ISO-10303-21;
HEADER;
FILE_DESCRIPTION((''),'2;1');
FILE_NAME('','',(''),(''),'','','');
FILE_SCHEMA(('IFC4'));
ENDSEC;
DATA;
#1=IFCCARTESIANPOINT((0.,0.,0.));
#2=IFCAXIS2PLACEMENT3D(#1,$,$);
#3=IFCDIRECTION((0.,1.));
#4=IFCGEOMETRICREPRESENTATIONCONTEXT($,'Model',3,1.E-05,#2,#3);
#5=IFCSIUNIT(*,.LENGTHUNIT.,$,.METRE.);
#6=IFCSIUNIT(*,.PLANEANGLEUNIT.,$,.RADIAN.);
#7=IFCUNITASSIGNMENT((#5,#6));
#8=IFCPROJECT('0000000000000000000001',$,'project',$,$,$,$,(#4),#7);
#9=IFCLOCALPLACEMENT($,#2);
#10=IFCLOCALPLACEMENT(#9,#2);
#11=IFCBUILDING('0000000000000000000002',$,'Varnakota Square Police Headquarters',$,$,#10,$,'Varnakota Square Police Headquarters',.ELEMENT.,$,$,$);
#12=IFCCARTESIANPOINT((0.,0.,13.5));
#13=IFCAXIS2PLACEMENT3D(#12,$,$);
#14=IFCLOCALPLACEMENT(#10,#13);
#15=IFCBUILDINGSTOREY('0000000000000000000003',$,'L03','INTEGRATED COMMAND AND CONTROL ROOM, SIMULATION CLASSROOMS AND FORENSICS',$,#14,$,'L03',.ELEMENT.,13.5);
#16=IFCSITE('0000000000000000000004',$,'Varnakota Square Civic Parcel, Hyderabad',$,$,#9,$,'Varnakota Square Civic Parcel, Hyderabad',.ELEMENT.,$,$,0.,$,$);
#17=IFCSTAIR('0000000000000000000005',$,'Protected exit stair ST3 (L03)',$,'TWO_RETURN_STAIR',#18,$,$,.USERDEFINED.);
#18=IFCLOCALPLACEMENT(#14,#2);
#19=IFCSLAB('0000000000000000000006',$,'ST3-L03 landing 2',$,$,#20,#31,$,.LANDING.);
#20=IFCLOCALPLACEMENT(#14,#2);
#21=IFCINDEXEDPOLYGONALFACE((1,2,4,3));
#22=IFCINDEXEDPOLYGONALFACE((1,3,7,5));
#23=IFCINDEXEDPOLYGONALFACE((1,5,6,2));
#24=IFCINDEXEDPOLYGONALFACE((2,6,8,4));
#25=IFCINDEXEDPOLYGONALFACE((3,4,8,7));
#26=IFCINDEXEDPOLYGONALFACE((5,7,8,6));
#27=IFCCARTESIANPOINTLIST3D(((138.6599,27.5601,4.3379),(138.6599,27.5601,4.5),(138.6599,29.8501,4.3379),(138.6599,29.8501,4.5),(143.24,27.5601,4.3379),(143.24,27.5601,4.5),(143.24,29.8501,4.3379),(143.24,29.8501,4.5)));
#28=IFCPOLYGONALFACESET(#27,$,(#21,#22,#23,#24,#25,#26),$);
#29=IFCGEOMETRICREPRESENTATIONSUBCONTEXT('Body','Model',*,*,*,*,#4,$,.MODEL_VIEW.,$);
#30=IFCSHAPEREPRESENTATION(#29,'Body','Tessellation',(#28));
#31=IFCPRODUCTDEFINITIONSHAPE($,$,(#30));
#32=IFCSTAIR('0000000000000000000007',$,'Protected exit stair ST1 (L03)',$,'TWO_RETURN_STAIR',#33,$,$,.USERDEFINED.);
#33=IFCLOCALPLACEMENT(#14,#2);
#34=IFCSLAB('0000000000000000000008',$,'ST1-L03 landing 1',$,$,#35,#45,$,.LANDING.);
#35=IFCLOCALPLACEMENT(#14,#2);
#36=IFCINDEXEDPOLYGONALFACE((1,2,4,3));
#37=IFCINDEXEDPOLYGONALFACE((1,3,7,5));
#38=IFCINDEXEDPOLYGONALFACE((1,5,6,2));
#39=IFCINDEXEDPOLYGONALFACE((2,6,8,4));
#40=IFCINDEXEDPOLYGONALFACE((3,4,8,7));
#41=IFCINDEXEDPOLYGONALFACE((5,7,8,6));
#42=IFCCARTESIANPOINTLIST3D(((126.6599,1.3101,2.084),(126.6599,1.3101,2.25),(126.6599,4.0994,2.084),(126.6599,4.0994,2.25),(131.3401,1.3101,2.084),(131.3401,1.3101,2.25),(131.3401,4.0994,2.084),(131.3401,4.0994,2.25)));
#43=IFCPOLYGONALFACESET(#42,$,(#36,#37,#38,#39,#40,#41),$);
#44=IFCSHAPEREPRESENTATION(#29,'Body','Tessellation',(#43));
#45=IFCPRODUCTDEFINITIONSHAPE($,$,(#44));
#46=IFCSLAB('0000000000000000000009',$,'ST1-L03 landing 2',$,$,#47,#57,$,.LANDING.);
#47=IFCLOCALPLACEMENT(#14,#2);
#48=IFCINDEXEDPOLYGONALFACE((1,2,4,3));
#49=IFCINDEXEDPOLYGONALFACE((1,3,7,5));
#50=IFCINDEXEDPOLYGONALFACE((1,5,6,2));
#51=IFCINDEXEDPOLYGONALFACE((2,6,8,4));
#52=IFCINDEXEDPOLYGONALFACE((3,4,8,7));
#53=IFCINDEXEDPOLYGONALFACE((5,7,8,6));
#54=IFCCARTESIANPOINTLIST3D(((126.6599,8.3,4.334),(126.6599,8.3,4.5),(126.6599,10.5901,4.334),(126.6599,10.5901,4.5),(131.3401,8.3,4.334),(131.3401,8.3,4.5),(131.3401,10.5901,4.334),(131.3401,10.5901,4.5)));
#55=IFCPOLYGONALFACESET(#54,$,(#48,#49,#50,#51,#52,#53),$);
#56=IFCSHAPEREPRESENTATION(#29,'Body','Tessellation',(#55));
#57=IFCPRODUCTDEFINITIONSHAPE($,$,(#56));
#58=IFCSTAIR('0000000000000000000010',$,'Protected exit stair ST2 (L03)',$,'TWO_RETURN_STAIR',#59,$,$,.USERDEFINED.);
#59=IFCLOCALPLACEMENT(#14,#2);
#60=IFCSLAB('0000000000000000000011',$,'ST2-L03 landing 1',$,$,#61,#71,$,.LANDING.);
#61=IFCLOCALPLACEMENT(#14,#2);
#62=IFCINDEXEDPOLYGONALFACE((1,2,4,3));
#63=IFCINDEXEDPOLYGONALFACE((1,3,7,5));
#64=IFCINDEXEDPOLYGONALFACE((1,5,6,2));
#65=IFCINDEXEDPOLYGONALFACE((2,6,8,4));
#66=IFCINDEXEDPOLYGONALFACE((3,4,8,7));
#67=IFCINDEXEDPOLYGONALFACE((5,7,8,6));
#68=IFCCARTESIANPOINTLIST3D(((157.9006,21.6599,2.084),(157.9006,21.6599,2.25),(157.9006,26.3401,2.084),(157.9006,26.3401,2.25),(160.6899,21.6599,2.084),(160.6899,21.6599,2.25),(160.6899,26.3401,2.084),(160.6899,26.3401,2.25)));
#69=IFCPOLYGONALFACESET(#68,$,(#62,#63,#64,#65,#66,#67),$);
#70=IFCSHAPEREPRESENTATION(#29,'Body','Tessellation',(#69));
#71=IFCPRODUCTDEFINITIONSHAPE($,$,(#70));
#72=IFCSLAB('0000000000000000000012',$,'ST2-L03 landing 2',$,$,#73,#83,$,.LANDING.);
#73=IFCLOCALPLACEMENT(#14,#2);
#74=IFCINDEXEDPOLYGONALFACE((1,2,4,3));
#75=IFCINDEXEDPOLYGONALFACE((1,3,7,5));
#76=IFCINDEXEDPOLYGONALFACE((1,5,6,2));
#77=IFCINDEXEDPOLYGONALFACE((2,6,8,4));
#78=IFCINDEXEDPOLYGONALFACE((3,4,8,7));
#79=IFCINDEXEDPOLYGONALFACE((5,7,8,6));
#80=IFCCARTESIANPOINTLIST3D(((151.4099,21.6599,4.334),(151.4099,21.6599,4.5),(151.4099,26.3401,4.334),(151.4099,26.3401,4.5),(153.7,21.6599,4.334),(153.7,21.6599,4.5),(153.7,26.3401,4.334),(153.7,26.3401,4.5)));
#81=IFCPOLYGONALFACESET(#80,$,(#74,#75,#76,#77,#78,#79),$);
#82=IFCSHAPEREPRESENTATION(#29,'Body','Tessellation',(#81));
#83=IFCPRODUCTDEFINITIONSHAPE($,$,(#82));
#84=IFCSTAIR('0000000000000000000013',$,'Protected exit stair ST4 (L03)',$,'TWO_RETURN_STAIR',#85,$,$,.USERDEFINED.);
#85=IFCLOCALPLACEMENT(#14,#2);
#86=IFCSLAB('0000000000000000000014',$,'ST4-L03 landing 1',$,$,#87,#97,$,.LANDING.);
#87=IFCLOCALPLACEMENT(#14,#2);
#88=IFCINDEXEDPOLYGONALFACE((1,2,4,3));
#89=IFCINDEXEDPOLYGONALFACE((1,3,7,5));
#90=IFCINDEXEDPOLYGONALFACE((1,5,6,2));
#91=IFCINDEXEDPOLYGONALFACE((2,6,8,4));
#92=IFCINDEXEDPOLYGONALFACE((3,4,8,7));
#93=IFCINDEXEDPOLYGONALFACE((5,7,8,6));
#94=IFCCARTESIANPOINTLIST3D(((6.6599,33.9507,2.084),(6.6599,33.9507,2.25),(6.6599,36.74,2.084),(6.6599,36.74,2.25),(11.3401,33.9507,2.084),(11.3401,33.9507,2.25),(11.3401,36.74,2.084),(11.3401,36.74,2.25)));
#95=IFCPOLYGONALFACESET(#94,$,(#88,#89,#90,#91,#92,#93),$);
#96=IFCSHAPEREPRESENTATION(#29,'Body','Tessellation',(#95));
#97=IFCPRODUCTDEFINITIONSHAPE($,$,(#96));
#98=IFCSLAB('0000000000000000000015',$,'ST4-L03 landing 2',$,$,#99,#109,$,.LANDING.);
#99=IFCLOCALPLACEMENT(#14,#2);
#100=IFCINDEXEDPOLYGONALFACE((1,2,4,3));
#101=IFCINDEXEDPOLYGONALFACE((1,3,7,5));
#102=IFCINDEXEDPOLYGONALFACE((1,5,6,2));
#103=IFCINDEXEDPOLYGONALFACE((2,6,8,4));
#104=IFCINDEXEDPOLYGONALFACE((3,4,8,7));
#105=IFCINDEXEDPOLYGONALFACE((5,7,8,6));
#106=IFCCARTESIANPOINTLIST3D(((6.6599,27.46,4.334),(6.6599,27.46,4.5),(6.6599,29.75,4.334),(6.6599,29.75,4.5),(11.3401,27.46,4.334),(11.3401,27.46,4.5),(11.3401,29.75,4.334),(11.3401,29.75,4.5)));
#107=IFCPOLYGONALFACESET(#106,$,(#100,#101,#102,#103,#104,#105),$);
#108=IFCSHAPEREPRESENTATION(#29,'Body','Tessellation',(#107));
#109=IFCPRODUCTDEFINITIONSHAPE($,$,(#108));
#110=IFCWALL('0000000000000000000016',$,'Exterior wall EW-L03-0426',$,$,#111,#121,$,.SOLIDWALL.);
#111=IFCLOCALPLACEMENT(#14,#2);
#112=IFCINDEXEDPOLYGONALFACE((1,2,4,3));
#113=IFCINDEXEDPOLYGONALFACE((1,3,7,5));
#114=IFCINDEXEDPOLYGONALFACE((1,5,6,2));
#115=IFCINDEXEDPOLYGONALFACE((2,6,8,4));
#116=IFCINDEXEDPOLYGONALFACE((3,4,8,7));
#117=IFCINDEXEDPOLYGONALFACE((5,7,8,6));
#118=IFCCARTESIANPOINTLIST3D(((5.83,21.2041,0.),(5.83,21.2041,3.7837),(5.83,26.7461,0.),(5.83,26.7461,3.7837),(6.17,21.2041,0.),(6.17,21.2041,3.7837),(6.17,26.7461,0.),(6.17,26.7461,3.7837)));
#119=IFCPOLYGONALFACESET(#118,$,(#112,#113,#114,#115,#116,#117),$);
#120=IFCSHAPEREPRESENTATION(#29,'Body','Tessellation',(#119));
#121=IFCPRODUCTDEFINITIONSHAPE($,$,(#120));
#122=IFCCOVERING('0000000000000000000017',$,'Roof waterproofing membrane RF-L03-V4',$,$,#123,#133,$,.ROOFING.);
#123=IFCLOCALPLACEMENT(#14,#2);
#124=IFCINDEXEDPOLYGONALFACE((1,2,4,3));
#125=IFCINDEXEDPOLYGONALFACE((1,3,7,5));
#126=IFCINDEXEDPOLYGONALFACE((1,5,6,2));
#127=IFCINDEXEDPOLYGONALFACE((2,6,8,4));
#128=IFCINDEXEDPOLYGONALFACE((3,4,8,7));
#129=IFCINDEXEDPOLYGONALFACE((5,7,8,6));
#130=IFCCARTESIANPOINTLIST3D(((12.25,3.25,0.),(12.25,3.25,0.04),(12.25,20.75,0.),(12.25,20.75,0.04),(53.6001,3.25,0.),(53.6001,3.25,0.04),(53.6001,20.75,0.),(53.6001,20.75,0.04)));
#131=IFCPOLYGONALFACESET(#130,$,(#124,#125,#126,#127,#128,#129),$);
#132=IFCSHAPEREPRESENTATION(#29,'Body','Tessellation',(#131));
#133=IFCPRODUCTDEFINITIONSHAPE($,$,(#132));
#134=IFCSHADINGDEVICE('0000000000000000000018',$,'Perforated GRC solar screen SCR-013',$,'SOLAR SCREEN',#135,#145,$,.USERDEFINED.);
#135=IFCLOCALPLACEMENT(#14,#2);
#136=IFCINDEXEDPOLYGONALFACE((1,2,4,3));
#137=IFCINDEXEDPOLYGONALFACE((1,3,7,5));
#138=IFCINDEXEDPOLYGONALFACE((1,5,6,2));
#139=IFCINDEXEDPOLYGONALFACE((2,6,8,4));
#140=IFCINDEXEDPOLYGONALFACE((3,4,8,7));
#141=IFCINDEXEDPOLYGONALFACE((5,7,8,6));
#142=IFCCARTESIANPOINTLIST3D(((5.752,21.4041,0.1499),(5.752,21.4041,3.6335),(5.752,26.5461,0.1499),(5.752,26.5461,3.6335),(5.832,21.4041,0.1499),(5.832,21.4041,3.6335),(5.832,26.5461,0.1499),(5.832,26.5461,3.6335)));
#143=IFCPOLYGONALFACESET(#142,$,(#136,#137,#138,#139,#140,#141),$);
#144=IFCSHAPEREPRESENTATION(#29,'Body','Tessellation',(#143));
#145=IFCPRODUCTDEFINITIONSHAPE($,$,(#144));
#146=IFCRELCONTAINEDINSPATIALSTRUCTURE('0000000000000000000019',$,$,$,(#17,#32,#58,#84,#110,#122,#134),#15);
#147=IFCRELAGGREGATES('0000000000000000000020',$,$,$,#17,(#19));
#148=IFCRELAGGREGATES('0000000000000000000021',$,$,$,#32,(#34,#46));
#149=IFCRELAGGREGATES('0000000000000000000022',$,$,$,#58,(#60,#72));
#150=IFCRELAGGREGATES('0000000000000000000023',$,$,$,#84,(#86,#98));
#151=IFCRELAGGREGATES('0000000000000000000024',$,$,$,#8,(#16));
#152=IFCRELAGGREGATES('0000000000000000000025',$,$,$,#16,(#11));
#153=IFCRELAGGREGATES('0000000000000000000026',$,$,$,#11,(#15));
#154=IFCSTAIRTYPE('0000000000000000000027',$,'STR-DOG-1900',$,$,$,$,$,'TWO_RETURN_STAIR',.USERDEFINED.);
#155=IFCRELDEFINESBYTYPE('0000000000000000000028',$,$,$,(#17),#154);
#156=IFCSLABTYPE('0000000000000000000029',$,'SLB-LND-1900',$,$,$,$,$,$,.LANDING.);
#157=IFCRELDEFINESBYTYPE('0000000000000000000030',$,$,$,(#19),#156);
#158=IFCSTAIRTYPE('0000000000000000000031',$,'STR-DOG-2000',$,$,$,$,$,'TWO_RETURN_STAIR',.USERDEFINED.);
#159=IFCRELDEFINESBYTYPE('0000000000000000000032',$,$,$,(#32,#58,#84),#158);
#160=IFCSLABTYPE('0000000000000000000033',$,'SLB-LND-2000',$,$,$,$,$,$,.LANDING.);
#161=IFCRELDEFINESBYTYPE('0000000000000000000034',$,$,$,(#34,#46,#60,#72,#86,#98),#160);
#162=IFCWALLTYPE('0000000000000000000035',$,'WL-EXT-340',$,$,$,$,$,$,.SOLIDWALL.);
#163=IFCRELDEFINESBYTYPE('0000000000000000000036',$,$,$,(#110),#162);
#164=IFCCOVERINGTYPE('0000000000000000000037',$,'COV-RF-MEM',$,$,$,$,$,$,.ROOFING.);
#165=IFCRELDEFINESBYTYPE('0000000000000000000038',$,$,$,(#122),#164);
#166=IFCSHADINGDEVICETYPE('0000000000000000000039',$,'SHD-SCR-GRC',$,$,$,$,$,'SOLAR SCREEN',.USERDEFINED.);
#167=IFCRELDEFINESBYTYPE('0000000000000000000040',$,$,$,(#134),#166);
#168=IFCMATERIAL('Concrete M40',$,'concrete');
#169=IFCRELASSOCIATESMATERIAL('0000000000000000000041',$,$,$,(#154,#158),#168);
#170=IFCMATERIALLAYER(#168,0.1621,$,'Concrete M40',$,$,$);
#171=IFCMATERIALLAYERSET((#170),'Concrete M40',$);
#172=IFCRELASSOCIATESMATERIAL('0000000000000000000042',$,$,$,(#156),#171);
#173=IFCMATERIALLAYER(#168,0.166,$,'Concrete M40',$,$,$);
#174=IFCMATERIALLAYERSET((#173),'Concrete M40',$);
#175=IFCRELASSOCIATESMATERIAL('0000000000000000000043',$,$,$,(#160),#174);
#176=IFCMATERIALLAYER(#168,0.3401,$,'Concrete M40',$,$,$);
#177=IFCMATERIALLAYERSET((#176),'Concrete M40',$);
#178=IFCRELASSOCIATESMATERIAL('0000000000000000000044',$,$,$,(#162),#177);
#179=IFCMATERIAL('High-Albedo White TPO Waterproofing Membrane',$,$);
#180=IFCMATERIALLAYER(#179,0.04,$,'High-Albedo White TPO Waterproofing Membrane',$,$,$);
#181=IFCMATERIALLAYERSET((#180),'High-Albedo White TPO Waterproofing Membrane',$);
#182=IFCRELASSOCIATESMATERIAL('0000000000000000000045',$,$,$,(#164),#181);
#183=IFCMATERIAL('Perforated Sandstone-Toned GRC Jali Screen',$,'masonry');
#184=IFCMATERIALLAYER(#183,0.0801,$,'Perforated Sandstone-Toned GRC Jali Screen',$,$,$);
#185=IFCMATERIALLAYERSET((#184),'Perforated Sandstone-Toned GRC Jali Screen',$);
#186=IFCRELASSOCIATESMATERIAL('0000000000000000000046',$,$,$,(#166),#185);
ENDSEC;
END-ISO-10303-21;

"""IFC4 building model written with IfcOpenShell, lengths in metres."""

from ifc_helpers import new_model, si_unit, direction, frame, frame_2d, origin, origin_2d, place, context, subcontext, project, spatial, polyline, rectangle, outline, extrude, material, layer, layer_set, type_object, element, aggregate, save


model = new_model("IFC4")

# Units and contexts
model_context = context("Model", 3, precision=1e-05, world=origin(), true_north=direction((0.0, 1.0)))
body_context = subcontext(model_context, "Body", "Model", "MODEL_VIEW")
ifc_project = project(units=[si_unit("LENGTHUNIT", "METRE"), si_unit("PLANEANGLEUNIT", "RADIAN")], contexts=[model_context])

# Site, building, storey
site_placement = place(None, origin())
site = spatial("IfcSite", under=ifc_project, at=site_placement, Name="Varnakota Square Civic Parcel, Hyderabad", LongName="Varnakota Square Civic Parcel, Hyderabad", CompositionType="ELEMENT", RefElevation=0.0)
building_placement = place(site_placement, origin())
building = spatial("IfcBuilding", under=site, at=building_placement, Name="Varnakota Square Police Headquarters", LongName="Varnakota Square Police Headquarters", CompositionType="ELEMENT")
storey_placement = place(building_placement, frame((0.0, 0.0, 13.5)))
storey = spatial("IfcBuildingStorey", under=building, at=storey_placement, Name="L03", Description="INTEGRATED COMMAND AND CONTROL ROOM, SIMULATION CLASSROOMS AND FORENSICS", LongName="L03", CompositionType="ELEMENT", Elevation=13.5)

# Shared definitions
ifc_material_1 = material(Name="Concrete M40", Category="concrete")

# Stairs, slabs
stair_type_1 = type_object("IfcStairType", Name="STR-DOG-1900", ElementType="TWO_RETURN_STAIR", PredefinedType="USERDEFINED", material=ifc_material_1)
stair_1_placement = place(storey_placement, origin())
stair_1 = element("IfcStair", 1, at=stair_1_placement, inside=storey, type_object=stair_type_1, Name="Protected exit stair ST3 (L03)", ObjectType="TWO_RETURN_STAIR", PredefinedType="USERDEFINED")
ifc_layer_1 = layer(ifc_material_1, 0.1621, Name="Concrete M40")
ifc_layer_set_1 = layer_set([ifc_layer_1], Name="Concrete M40")
slab_type_1 = type_object("IfcSlabType", Name="SLB-LND-1900", PredefinedType="LANDING", material=ifc_layer_set_1)
slab_1_placement = place(storey_placement, frame((0.0, 0.0, 4.3379)))
slab_1 = element("IfcSlab", 2, at=slab_1_placement, type_object=slab_type_1, Name="ST3-L03 landing 2", PredefinedType="LANDING", context=body_context, shape_type="SweptSolid", body=[
    extrude(outline(polyline([(138.6599, 27.5601), (143.24, 27.5601), (143.24, 29.8501), (138.6599, 29.8501), (138.6599, 27.5601)])), origin(), (0.0, 0.0, 1.0), 0.1621),
])
aggregate(stair_1, [slab_1])
stair_type_2 = type_object("IfcStairType", Name="STR-DOG-2000", ElementType="TWO_RETURN_STAIR", PredefinedType="USERDEFINED", material=ifc_material_1)
stair_2_placement = place(storey_placement, origin())
stair_2 = element("IfcStair", 3, at=stair_2_placement, inside=storey, type_object=stair_type_2, Name="Protected exit stair ST1 (L03)", ObjectType="TWO_RETURN_STAIR", PredefinedType="USERDEFINED")
ifc_layer_2 = layer(ifc_material_1, 0.166, Name="Concrete M40")
ifc_layer_set_2 = layer_set([ifc_layer_2], Name="Concrete M40")
slab_type_2 = type_object("IfcSlabType", Name="SLB-LND-2000", PredefinedType="LANDING", material=ifc_layer_set_2)
slab_2_placement = place(storey_placement, frame((0.0, 0.0, 2.084)))
slab_2 = element("IfcSlab", 4, at=slab_2_placement, type_object=slab_type_2, Name="ST1-L03 landing 1", PredefinedType="LANDING", context=body_context, shape_type="SweptSolid", body=[
    extrude(outline(polyline([(126.6599, 1.3101), (131.3401, 1.3101), (131.3401, 4.0994), (126.6599, 4.0994), (126.6599, 1.3101)])), origin(), (0.0, 0.0, 1.0), 0.166),
])
slab_3_placement = place(storey_placement, frame((0.0, 0.0, 4.334)))
slab_3 = element("IfcSlab", 5, at=slab_3_placement, type_object=slab_type_2, Name="ST1-L03 landing 2", PredefinedType="LANDING", context=body_context, shape_type="SweptSolid", body=[
    extrude(outline(polyline([(126.6599, 8.3), (131.3401, 8.3), (131.3401, 10.5901), (126.6599, 10.5901), (126.6599, 8.3)])), origin(), (0.0, 0.0, 1.0), 0.166),
])
aggregate(stair_2, [slab_2, slab_3])
stair_3_placement = place(storey_placement, origin())
stair_3 = element("IfcStair", 6, at=stair_3_placement, inside=storey, type_object=stair_type_2, Name="Protected exit stair ST2 (L03)", ObjectType="TWO_RETURN_STAIR", PredefinedType="USERDEFINED")
slab_4_placement = place(storey_placement, frame((0.0, 0.0, 2.084)))
slab_4 = element("IfcSlab", 7, at=slab_4_placement, type_object=slab_type_2, Name="ST2-L03 landing 1", PredefinedType="LANDING", context=body_context, shape_type="SweptSolid", body=[
    extrude(outline(polyline([(157.9006, 21.6599), (160.6899, 21.6599), (160.6899, 26.3401), (157.9006, 26.3401), (157.9006, 21.6599)])), origin(), (0.0, 0.0, 1.0), 0.166),
])
slab_5_placement = place(storey_placement, frame((0.0, 0.0, 4.334)))
slab_5 = element("IfcSlab", 8, at=slab_5_placement, type_object=slab_type_2, Name="ST2-L03 landing 2", PredefinedType="LANDING", context=body_context, shape_type="SweptSolid", body=[
    extrude(outline(polyline([(151.4099, 21.6599), (153.7, 21.6599), (153.7, 26.3401), (151.4099, 26.3401), (151.4099, 21.6599)])), origin(), (0.0, 0.0, 1.0), 0.166),
])
aggregate(stair_3, [slab_4, slab_5])
stair_4_placement = place(storey_placement, origin())
stair_4 = element("IfcStair", 9, at=stair_4_placement, inside=storey, type_object=stair_type_2, Name="Protected exit stair ST4 (L03)", ObjectType="TWO_RETURN_STAIR", PredefinedType="USERDEFINED")
slab_6_placement = place(storey_placement, frame((0.0, 0.0, 2.084)))
slab_6 = element("IfcSlab", 10, at=slab_6_placement, type_object=slab_type_2, Name="ST4-L03 landing 1", PredefinedType="LANDING", context=body_context, shape_type="SweptSolid", body=[
    extrude(outline(polyline([(6.6599, 33.9507), (11.3401, 33.9507), (11.3401, 36.74), (6.6599, 36.74), (6.6599, 33.9507)])), origin(), (0.0, 0.0, 1.0), 0.166),
])
slab_7_placement = place(storey_placement, frame((0.0, 0.0, 4.334)))
slab_7 = element("IfcSlab", 11, at=slab_7_placement, type_object=slab_type_2, Name="ST4-L03 landing 2", PredefinedType="LANDING", context=body_context, shape_type="SweptSolid", body=[
    extrude(outline(polyline([(6.6599, 27.46), (11.3401, 27.46), (11.3401, 29.75), (6.6599, 29.75), (6.6599, 27.46)])), origin(), (0.0, 0.0, 1.0), 0.166),
])
aggregate(stair_4, [slab_6, slab_7])

# Wall
ifc_layer_3 = layer(ifc_material_1, 0.3401, Name="Concrete M40")
ifc_layer_set_3 = layer_set([ifc_layer_3], Name="Concrete M40")
wall_type = type_object("IfcWallType", Name="WL-EXT-340", PredefinedType="SOLIDWALL", material=ifc_layer_set_3)
wall_placement = place(storey_placement, frame((6.0, 21.2041, 0.0), z_axis=(0.0, 0.0, 1.0), x_axis=(0.0, 1.0, 0.0)))
element("IfcWall", 12, at=wall_placement, inside=storey, type_object=wall_type, Name="Exterior wall EW-L03-0426", PredefinedType="SOLIDWALL", context=body_context, shape_type="SweptSolid", body=[
    extrude(rectangle(XDim=5.542, YDim=0.3401, at=frame_2d((2.771, 0.0))), origin(), (0.0, 0.0, 1.0), 3.7837),
])

# Covering
ifc_material_2 = material(Name="High-Albedo White TPO Waterproofing Membrane")
ifc_layer_4 = layer(ifc_material_2, 0.04, Name="High-Albedo White TPO Waterproofing Membrane")
ifc_layer_set_4 = layer_set([ifc_layer_4], Name="High-Albedo White TPO Waterproofing Membrane")
covering_type = type_object("IfcCoveringType", Name="COV-RF-MEM", PredefinedType="ROOFING", material=ifc_layer_set_4)
covering_placement = place(storey_placement, origin())
element("IfcCovering", 13, at=covering_placement, inside=storey, type_object=covering_type, Name="Roof waterproofing membrane RF-L03-V4", PredefinedType="ROOFING", context=body_context, shape_type="SweptSolid", body=[
    extrude(outline(polyline([(12.25, 3.25), (53.6001, 3.25), (53.6001, 20.75), (12.25, 20.75), (12.25, 3.25)])), origin(), (0.0, 0.0, 1.0), 0.04),
])

# Shading device
ifc_material_3 = material(Name="Perforated Sandstone-Toned GRC Jali Screen", Category="masonry")
ifc_layer_5 = layer(ifc_material_3, 0.0801, Name="Perforated Sandstone-Toned GRC Jali Screen")
ifc_layer_set_5 = layer_set([ifc_layer_5], Name="Perforated Sandstone-Toned GRC Jali Screen")
shading_device_type = type_object("IfcShadingDeviceType", Name="SHD-SCR-GRC", ElementType="SOLAR SCREEN", PredefinedType="USERDEFINED", material=ifc_layer_set_5)
shading_device_placement = place(storey_placement, frame((5.792, 23.9751, 0.1499), z_axis=(0.0, 0.0, 1.0), x_axis=(0.0, 1.0, 0.0)))
element("IfcShadingDevice", 14, at=shading_device_placement, inside=storey, type_object=shading_device_type, Name="Perforated GRC solar screen SCR-013", ObjectType="SOLAR SCREEN", PredefinedType="USERDEFINED", context=body_context, shape_type="SweptSolid", body=[
    extrude(rectangle(XDim=5.1421, YDim=0.0801, at=origin_2d()), origin(), (0.0, 0.0, 1.0), 3.4836),
])

save(model, "model.ifc")
